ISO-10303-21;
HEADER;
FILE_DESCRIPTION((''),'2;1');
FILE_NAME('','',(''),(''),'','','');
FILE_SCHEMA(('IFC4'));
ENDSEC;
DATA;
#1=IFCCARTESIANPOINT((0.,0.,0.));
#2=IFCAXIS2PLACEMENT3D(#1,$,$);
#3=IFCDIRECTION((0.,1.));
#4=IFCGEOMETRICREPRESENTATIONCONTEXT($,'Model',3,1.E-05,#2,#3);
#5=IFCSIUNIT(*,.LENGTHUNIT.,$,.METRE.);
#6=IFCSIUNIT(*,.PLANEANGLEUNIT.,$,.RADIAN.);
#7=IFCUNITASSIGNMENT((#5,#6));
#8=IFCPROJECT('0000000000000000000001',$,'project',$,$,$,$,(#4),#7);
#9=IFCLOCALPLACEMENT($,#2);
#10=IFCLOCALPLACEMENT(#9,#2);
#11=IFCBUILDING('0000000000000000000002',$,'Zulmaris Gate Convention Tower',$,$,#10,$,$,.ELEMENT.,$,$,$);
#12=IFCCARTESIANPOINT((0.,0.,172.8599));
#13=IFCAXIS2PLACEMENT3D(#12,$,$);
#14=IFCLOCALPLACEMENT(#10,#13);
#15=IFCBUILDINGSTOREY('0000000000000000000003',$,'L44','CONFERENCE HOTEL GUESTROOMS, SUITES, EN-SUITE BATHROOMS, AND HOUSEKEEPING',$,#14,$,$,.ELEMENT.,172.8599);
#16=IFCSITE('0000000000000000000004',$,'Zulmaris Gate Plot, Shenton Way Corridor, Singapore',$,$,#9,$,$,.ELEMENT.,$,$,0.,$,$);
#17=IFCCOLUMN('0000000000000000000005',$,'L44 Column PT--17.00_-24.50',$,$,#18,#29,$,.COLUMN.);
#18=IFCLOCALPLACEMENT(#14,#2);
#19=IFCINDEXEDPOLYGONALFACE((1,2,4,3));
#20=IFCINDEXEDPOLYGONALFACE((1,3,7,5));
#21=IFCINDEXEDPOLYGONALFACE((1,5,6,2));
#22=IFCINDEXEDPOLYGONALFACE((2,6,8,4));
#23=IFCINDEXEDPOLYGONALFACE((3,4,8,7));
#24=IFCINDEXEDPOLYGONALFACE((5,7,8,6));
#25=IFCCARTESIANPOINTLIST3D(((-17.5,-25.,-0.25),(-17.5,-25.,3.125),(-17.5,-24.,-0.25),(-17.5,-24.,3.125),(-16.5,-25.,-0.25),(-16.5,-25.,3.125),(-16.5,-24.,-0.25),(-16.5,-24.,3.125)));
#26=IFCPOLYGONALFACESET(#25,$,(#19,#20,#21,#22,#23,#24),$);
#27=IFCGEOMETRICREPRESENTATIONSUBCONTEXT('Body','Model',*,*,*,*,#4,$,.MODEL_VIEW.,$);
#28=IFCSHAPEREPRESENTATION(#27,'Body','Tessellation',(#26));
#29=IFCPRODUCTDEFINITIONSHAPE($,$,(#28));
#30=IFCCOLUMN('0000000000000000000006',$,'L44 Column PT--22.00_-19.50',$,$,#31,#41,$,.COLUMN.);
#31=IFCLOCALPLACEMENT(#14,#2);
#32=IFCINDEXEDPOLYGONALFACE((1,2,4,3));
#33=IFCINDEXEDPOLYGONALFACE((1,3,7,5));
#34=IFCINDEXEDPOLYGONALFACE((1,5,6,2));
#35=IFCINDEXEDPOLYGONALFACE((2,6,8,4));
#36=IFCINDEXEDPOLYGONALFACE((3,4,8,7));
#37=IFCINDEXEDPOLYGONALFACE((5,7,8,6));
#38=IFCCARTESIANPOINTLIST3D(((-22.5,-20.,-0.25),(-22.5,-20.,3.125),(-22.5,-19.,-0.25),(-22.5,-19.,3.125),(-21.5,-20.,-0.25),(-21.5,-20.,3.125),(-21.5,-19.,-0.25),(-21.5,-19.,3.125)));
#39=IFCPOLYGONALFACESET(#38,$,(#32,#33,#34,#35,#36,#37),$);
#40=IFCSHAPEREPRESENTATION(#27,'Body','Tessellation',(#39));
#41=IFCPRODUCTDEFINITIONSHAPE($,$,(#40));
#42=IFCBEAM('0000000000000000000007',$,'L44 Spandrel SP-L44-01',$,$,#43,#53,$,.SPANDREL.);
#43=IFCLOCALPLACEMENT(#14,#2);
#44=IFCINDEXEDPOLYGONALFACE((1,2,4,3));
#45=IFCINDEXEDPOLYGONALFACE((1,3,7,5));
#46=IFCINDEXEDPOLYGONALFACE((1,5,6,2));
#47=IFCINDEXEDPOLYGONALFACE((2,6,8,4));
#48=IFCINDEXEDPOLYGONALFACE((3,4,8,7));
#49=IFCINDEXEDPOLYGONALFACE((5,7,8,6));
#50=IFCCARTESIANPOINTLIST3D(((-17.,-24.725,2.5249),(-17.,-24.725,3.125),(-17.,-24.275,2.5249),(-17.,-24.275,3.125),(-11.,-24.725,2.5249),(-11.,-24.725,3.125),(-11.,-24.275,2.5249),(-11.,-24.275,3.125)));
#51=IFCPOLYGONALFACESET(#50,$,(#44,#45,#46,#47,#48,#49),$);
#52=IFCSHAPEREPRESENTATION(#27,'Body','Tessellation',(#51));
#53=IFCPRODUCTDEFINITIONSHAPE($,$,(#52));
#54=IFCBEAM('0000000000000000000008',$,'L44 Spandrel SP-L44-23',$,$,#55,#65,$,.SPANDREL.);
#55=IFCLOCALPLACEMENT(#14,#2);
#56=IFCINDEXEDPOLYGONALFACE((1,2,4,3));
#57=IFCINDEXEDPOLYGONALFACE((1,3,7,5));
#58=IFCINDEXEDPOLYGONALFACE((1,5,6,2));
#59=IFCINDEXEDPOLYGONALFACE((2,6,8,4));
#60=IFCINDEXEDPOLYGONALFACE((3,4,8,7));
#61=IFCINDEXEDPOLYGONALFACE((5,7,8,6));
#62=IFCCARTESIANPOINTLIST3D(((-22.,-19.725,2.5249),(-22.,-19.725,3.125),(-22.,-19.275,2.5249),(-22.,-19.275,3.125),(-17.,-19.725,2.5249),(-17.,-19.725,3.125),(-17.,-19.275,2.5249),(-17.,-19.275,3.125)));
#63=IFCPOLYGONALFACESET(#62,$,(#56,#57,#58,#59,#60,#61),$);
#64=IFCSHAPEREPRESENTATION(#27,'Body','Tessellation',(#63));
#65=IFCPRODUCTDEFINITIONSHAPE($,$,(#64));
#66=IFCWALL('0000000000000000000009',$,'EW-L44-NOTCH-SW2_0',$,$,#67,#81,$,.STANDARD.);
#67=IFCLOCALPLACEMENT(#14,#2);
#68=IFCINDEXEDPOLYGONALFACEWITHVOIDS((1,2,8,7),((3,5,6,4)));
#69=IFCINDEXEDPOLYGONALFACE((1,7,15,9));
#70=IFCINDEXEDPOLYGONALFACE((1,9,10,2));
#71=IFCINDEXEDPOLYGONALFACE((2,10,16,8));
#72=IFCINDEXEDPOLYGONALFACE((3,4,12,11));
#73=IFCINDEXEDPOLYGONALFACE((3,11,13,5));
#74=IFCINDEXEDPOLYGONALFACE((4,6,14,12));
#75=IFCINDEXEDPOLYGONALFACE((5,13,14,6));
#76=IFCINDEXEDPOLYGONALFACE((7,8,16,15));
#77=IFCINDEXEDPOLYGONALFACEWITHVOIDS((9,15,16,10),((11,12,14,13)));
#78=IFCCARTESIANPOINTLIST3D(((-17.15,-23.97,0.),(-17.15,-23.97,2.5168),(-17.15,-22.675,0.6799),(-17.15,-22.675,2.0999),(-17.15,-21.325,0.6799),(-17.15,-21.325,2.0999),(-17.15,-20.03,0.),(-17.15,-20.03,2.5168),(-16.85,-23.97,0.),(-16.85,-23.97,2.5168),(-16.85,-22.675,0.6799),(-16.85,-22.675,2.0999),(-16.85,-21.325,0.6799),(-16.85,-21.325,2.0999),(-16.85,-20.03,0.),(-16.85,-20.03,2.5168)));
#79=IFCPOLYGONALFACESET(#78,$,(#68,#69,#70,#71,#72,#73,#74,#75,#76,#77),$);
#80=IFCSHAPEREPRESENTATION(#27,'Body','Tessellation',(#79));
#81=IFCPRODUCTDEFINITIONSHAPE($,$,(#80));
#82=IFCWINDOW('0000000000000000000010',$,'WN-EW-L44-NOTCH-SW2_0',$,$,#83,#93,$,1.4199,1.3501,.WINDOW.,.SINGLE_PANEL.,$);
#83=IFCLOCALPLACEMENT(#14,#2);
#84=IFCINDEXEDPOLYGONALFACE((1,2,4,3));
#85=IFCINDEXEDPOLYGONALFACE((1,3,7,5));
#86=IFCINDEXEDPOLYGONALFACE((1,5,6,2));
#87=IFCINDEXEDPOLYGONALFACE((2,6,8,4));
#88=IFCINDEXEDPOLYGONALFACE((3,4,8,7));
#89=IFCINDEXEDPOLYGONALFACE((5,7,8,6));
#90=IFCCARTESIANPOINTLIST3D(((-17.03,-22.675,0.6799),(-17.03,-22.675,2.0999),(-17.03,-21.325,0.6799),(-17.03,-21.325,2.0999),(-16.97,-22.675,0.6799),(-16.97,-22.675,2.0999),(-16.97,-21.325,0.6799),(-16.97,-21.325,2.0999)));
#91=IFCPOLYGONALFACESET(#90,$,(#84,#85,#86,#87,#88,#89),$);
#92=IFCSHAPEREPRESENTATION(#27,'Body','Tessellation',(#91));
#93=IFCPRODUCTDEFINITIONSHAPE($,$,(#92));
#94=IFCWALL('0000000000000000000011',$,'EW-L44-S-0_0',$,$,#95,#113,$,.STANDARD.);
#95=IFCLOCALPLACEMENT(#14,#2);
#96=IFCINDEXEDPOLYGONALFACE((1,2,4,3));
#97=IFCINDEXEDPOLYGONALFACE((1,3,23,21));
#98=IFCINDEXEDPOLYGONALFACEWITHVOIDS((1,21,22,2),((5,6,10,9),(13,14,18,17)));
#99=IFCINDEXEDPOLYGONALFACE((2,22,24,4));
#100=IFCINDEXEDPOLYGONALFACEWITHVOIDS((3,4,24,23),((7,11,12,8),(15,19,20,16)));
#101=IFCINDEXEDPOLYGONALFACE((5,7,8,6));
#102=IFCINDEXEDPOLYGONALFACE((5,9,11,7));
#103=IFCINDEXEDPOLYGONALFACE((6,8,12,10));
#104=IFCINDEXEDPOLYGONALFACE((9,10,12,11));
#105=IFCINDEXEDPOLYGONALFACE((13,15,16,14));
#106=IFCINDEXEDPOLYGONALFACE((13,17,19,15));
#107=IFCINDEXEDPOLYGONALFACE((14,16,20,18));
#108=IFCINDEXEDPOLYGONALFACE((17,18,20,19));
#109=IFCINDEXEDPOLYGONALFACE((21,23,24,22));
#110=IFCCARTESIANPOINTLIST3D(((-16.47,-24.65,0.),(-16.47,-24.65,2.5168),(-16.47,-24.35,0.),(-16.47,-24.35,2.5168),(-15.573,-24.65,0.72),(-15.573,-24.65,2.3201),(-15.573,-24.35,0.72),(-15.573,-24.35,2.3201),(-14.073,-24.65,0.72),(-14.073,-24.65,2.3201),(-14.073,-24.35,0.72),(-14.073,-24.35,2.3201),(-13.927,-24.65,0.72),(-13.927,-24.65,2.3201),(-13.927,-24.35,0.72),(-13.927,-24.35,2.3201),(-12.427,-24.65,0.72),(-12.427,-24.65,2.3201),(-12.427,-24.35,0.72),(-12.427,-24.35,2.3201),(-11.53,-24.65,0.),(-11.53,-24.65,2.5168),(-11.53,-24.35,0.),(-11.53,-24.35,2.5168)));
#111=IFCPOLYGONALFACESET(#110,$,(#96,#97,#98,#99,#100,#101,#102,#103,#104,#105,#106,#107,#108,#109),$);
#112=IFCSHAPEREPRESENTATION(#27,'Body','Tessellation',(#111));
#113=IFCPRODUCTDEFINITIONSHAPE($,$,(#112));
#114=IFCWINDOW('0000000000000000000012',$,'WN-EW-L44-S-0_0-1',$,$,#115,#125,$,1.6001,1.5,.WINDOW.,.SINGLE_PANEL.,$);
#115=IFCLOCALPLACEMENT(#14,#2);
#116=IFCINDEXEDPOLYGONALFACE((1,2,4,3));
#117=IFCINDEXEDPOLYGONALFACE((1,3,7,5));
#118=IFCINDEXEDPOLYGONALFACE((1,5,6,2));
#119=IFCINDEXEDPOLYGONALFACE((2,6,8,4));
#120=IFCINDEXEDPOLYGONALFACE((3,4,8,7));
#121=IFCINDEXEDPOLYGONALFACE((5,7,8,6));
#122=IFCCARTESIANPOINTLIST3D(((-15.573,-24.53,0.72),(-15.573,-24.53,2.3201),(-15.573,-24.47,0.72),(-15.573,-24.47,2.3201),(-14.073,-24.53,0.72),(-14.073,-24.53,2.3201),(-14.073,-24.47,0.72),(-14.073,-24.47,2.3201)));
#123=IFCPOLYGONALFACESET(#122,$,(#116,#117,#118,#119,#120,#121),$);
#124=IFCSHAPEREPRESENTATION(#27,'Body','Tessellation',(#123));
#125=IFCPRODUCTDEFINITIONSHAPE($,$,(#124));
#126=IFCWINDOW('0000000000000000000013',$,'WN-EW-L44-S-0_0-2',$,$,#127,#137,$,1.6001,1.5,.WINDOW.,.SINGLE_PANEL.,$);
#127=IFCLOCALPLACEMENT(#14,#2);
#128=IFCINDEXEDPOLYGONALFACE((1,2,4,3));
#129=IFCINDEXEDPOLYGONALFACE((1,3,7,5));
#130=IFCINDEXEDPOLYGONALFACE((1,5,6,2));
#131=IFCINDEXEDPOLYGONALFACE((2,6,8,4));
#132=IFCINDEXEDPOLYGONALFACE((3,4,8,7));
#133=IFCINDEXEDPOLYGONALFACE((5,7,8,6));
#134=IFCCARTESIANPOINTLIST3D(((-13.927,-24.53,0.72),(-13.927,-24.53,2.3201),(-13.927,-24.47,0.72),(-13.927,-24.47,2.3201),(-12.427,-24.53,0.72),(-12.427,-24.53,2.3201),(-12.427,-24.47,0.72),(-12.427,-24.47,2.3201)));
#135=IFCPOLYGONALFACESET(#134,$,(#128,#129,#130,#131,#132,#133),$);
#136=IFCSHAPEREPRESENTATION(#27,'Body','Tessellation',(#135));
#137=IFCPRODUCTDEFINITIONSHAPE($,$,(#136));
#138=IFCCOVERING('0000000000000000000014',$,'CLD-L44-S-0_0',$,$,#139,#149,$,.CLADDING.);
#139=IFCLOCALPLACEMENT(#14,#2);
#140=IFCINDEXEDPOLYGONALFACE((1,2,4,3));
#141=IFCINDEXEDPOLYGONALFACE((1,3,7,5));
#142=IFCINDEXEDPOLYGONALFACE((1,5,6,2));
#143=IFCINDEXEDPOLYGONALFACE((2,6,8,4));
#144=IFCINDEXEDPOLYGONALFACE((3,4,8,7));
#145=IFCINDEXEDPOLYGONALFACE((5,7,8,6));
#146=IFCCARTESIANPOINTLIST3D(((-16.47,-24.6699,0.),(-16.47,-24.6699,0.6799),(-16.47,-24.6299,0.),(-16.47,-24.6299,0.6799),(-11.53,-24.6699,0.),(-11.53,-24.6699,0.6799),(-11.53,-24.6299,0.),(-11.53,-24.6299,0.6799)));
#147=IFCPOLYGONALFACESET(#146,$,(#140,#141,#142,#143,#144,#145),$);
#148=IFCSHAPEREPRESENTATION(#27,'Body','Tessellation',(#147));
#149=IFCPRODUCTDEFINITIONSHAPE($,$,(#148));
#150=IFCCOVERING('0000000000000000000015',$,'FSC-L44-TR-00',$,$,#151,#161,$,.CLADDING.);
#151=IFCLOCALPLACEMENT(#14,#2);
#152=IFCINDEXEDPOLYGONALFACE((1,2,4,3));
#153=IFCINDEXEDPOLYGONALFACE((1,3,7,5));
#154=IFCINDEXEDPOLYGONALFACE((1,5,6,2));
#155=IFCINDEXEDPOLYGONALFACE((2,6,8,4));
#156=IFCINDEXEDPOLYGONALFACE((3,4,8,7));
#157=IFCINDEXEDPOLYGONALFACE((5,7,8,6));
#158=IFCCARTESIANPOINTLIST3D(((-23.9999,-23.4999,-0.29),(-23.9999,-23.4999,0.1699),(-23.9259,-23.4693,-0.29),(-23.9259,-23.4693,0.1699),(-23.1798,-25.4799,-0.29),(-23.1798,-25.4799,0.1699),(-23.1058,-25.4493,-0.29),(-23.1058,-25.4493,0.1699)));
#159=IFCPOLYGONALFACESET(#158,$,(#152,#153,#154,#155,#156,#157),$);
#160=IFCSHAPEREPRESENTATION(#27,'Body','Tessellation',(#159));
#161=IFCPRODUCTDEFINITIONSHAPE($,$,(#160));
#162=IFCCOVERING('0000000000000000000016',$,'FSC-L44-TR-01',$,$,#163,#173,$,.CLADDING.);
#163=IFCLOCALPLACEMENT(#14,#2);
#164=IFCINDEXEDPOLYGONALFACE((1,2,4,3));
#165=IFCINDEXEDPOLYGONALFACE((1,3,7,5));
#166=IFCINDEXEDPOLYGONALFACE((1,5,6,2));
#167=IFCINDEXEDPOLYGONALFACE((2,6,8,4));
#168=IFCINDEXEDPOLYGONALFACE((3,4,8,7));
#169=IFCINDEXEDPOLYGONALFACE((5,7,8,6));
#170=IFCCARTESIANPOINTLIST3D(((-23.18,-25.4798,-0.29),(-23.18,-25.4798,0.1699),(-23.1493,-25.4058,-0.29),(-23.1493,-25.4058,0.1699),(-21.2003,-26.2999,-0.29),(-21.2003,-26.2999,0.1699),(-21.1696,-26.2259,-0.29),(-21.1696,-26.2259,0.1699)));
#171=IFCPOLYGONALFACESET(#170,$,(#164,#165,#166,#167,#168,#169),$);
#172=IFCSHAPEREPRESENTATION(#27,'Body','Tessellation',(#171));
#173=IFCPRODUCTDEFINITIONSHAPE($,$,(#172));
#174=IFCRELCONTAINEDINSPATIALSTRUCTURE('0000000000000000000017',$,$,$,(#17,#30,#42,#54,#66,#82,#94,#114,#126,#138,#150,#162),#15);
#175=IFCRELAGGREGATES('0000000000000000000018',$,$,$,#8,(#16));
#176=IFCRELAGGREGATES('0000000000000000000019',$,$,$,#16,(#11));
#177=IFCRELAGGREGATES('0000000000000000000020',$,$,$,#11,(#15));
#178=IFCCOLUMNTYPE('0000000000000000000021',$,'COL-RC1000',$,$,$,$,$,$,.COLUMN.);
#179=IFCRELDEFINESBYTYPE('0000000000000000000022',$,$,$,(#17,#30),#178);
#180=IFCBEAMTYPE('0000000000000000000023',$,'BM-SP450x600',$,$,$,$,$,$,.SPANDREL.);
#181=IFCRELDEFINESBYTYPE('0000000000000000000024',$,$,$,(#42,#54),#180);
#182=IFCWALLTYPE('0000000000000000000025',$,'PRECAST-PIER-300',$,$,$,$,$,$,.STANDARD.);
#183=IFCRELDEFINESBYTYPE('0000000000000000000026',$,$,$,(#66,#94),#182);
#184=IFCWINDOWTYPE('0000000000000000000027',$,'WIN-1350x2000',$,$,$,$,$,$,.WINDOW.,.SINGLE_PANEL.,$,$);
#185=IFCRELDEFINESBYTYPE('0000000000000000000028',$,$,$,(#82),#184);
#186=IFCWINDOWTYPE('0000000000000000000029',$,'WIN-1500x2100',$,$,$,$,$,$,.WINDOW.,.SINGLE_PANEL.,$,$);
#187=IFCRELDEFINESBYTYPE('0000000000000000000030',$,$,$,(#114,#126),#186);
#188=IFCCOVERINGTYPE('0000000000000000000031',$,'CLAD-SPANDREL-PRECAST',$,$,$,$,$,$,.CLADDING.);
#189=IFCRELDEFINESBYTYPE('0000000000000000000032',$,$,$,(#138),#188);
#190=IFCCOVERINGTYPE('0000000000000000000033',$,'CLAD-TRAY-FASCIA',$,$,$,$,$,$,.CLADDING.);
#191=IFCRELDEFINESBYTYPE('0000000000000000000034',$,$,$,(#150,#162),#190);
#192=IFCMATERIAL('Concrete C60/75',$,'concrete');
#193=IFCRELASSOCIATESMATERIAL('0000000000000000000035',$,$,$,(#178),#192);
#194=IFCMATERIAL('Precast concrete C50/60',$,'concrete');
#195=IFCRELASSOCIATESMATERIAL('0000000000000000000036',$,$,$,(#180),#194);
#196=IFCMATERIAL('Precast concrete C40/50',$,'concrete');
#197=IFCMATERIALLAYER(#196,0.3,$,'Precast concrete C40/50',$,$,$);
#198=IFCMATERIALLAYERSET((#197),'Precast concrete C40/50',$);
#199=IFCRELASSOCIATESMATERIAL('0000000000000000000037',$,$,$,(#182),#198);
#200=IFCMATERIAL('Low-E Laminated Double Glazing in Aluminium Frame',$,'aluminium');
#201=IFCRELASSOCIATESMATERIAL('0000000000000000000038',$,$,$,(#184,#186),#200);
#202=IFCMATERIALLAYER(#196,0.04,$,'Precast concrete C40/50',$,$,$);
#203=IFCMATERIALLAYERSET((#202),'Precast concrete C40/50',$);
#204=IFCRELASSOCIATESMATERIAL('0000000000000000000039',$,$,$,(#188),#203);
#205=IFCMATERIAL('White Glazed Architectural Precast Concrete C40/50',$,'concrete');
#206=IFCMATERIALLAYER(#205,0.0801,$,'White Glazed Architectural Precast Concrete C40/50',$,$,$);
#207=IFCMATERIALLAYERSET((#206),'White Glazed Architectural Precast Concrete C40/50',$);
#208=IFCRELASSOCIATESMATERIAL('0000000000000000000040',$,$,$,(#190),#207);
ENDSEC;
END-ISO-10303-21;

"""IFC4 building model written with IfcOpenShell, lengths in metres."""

from ifc_helpers import new_model, si_unit, direction, frame, frame_2d, origin, origin_2d, place, context, subcontext, project, spatial, rectangle, extrude, material, layer, layer_set, material_profile, profile_set, type_object, element, fill, save


model = new_model("IFC4")

# Units and contexts
model_context = context("Model", 3, precision=1e-05, world=origin(), true_north=direction((0.0, 1.0)))
body_context = subcontext(model_context, "Body", "Model", "MODEL_VIEW")
ifc_project = project(units=[si_unit("LENGTHUNIT", "METRE"), si_unit("PLANEANGLEUNIT", "RADIAN")], contexts=[model_context])

# Site, building, storey
site_placement = place(None, origin())
site = spatial("IfcSite", under=ifc_project, at=site_placement, Name="Zulmaris Gate Plot, Shenton Way Corridor, Singapore", CompositionType="ELEMENT", RefElevation=0.0)
building_placement = place(site_placement, origin())
building = spatial("IfcBuilding", under=site, at=building_placement, Name="Zulmaris Gate Convention Tower", CompositionType="ELEMENT")
storey_placement = place(building_placement, frame((0.0, 0.0, 172.8599)))
storey = spatial("IfcBuildingStorey", under=building, at=storey_placement, Name="L44", Description="CONFERENCE HOTEL GUESTROOMS, SUITES, EN-SUITE BATHROOMS, AND HOUSEKEEPING", CompositionType="ELEMENT", Elevation=172.8599)

# Columns
ifc_material_1 = material(Name="Concrete C60/75", Category="concrete")
ifc_material_profile_1 = material_profile(ifc_material_1, rectangle(XDim=1.0, YDim=1.0, at=origin_2d()), Name="RC COL 1000x1000")
ifc_profile_set_1 = profile_set([ifc_material_profile_1], Name="Concrete C60/75")
column_type = type_object("IfcColumnType", Name="COL-RC1000", PredefinedType="COLUMN", material=ifc_profile_set_1)
for number, where, z_axis, x_axis, name in (
    (1, (-17.0, -24.5, -0.25), (0.0, 0.0, 1.0), (1.0, 0.0, 0.0), "L44 Column PT--17.00_-24.50"),
    (2, (-22.0, -19.5, -0.25), (0.0, 0.0, 1.0), (1.0, 0.0, 0.0), "L44 Column PT--22.00_-19.50"),
):
    element("IfcColumn", number, at=place(storey_placement, frame(where, z_axis=z_axis, x_axis=x_axis)), inside=storey, type_object=column_type, Name=name, PredefinedType="COLUMN", context=body_context, shape_type="SweptSolid", body=[
        extrude(rectangle(XDim=1.0, YDim=1.0, at=origin_2d()), origin(), (0.0, 0.0, 1.0), 3.375),
    ])

# Beams
ifc_material_2 = material(Name="Precast concrete C50/60", Category="concrete")
ifc_material_profile_2 = material_profile(ifc_material_2, rectangle(XDim=0.45, YDim=0.6001, at=origin_2d()), Name="RC SPANDREL 450x600")
ifc_profile_set_2 = profile_set([ifc_material_profile_2], Name="Precast concrete C50/60")
beam_type = type_object("IfcBeamType", Name="BM-SP450x600", PredefinedType="SPANDREL", material=ifc_profile_set_2)
beam_1_placement = place(storey_placement, frame((-17.0, -24.5, 2.825), z_axis=(1.0, 0.0, 0.0), x_axis=(0.0, 1.0, 0.0)))
element("IfcBeam", 3, at=beam_1_placement, inside=storey, type_object=beam_type, Name="L44 Spandrel SP-L44-01", PredefinedType="SPANDREL", context=body_context, shape_type="SweptSolid", body=[
    extrude(rectangle(XDim=0.45, YDim=0.6001, at=origin_2d()), origin(), (0.0, 0.0, 1.0), 6.0),
])
beam_2_placement = place(storey_placement, frame((-22.0, -19.5, 2.825), z_axis=(1.0, 0.0, 0.0), x_axis=(0.0, 1.0, 0.0)))
element("IfcBeam", 4, at=beam_2_placement, inside=storey, type_object=beam_type, Name="L44 Spandrel SP-L44-23", PredefinedType="SPANDREL", context=body_context, shape_type="SweptSolid", body=[
    extrude(rectangle(XDim=0.45, YDim=0.6001, at=origin_2d()), origin(), (0.0, 0.0, 1.0), 5.0),
])

# Wall, opening, window
ifc_material_3 = material(Name="Precast concrete C40/50", Category="concrete")
ifc_layer_1 = layer(ifc_material_3, 0.3, Name="Precast concrete C40/50")
ifc_layer_set_1 = layer_set([ifc_layer_1], Name="Precast concrete C40/50")
wall_type = type_object("IfcWallType", Name="PRECAST-PIER-300", PredefinedType="STANDARD", material=ifc_layer_set_1)
wall_1_placement = place(storey_placement, frame((-17.0, -20.03, 0.0), z_axis=(0.0, 0.0, 1.0), x_axis=(0.0, -1.0, 0.0)))
wall_1 = element("IfcWall", 5, at=wall_1_placement, inside=storey, type_object=wall_type, Name="EW-L44-NOTCH-SW2_0", PredefinedType="STANDARD", context=body_context, shape_type="SweptSolid", body=[
    extrude(rectangle(XDim=3.9399, YDim=0.3, at=frame_2d((1.97, 0.0))), origin(), (0.0, 0.0, 1.0), 2.5168),
])
opening_1_placement = place(wall_1_placement, frame((1.2949, 0.0, 0.6799)))
opening_1 = element("IfcOpeningElement", 6, at=opening_1_placement, cuts=wall_1, PredefinedType="OPENING", context=body_context, shape_type="SweptSolid", body=[
    extrude(rectangle(XDim=1.3501, YDim=1.4199, at=frame_2d((0.675, 0.71))), frame((0.0, 0.1602, 0.0), z_axis=(0.0, -1.0, 0.0), x_axis=(1.0, 0.0, 0.0)), (0.0, 0.0, 1.0), 0.3201),
])
ifc_material_4 = material(Name="Low-E Laminated Double Glazing in Aluminium Frame", Category="aluminium")
window_type_1 = type_object("IfcWindowType", Name="WIN-1350x2000", PartitioningType="SINGLE_PANEL", PredefinedType="WINDOW", material=ifc_material_4)
window_1_placement = place(opening_1_placement, origin())
window_1 = element("IfcWindow", 7, at=window_1_placement, inside=storey, type_object=window_type_1, Name="WN-EW-L44-NOTCH-SW2_0", OverallHeight=1.4199, OverallWidth=1.3501, PartitioningType="SINGLE_PANEL", PredefinedType="WINDOW", context=body_context, shape_type="SweptSolid", body=[
    extrude(rectangle(XDim=1.3501, YDim=1.4199, at=frame_2d((0.675, 0.71))), frame((0.0, 0.03, 0.0), z_axis=(0.0, -1.0, 0.0), x_axis=(1.0, 0.0, 0.0)), (0.0, 0.0, 1.0), 0.0601),
])
fill(opening_1, window_1)

# Wall, openings, windows
wall_2_placement = place(storey_placement, frame((-16.47, -24.5, 0.0), z_axis=(0.0, 0.0, 1.0), x_axis=(1.0, 0.0, 0.0)))
wall_2 = element("IfcWall", 8, at=wall_2_placement, inside=storey, type_object=wall_type, Name="EW-L44-S-0_0", PredefinedType="STANDARD", context=body_context, shape_type="SweptSolid", body=[
    extrude(rectangle(XDim=4.9399, YDim=0.3, at=frame_2d((2.47, 0.0))), origin(), (0.0, 0.0, 1.0), 2.5168),
])
opening_2_placement = place(wall_2_placement, frame((0.897, 0.0, 0.72)))
opening_2 = element("IfcOpeningElement", 9, at=opening_2_placement, cuts=wall_2, PredefinedType="OPENING", context=body_context, shape_type="SweptSolid", body=[
    extrude(rectangle(XDim=1.5, YDim=1.6001, at=frame_2d((0.75, 0.8))), frame((0.0, 0.1602, 0.0), z_axis=(0.0, -1.0, 0.0), x_axis=(1.0, 0.0, 0.0)), (0.0, 0.0, 1.0), 0.3201),
])
opening_3_placement = place(wall_2_placement, frame((2.543, 0.0, 0.72)))
opening_3 = element("IfcOpeningElement", 10, at=opening_3_placement, cuts=wall_2, PredefinedType="OPENING", context=body_context, shape_type="SweptSolid", body=[
    extrude(rectangle(XDim=1.5, YDim=1.6001, at=frame_2d((0.75, 0.8))), frame((0.0, 0.1602, 0.0), z_axis=(0.0, -1.0, 0.0), x_axis=(1.0, 0.0, 0.0)), (0.0, 0.0, 1.0), 0.3201),
])
window_type_2 = type_object("IfcWindowType", Name="WIN-1500x2100", PartitioningType="SINGLE_PANEL", PredefinedType="WINDOW", material=ifc_material_4)
window_2_placement = place(opening_2_placement, origin())
window_2 = element("IfcWindow", 11, at=window_2_placement, inside=storey, type_object=window_type_2, Name="WN-EW-L44-S-0_0-1", OverallHeight=1.6001, OverallWidth=1.5, PartitioningType="SINGLE_PANEL", PredefinedType="WINDOW", context=body_context, shape_type="SweptSolid", body=[
    extrude(rectangle(XDim=1.5, YDim=1.6001, at=frame_2d((0.75, 0.8))), frame((0.0, 0.03, 0.0), z_axis=(0.0, -1.0, 0.0), x_axis=(1.0, 0.0, 0.0)), (0.0, 0.0, 1.0), 0.0601),
])
fill(opening_2, window_2)
window_3_placement = place(opening_3_placement, origin())
window_3 = element("IfcWindow", 12, at=window_3_placement, inside=storey, type_object=window_type_2, Name="WN-EW-L44-S-0_0-2", OverallHeight=1.6001, OverallWidth=1.5, PartitioningType="SINGLE_PANEL", PredefinedType="WINDOW", context=body_context, shape_type="SweptSolid", body=[
    extrude(rectangle(XDim=1.5, YDim=1.6001, at=frame_2d((0.75, 0.8))), frame((0.0, 0.03, 0.0), z_axis=(0.0, -1.0, 0.0), x_axis=(1.0, 0.0, 0.0)), (0.0, 0.0, 1.0), 0.0601),
])
fill(opening_3, window_3)

# Coverings
ifc_layer_2 = layer(ifc_material_3, 0.04, Name="Precast concrete C40/50")
ifc_layer_set_2 = layer_set([ifc_layer_2], Name="Precast concrete C40/50")
covering_type_1 = type_object("IfcCoveringType", Name="CLAD-SPANDREL-PRECAST", PredefinedType="CLADDING", material=ifc_layer_set_2)
covering_1_placement = place(storey_placement, frame((-16.47, -24.6499, 0.0), z_axis=(0.0, 0.0, 1.0), x_axis=(1.0, 0.0, 0.0)))
element("IfcCovering", 13, at=covering_1_placement, inside=storey, type_object=covering_type_1, Name="CLD-L44-S-0_0", PredefinedType="CLADDING", context=body_context, shape_type="SweptSolid", body=[
    extrude(rectangle(XDim=4.9399, YDim=0.04, at=frame_2d((2.47, 0.0))), origin(), (0.0, 0.0, 1.0), 0.6799),
])
ifc_material_5 = material(Name="White Glazed Architectural Precast Concrete C40/50", Category="concrete")
ifc_layer_3 = layer(ifc_material_5, 0.0801, Name="White Glazed Architectural Precast Concrete C40/50")
ifc_layer_set_3 = layer_set([ifc_layer_3], Name="White Glazed Architectural Precast Concrete C40/50")
covering_type_2 = type_object("IfcCoveringType", Name="CLAD-TRAY-FASCIA", PredefinedType="CLADDING", material=ifc_layer_set_3)
covering_2_placement = place(storey_placement, frame((-23.9629, -23.4846, -0.29), z_axis=(0.0, 0.0, 1.0), x_axis=(0.382657, -0.92389, 0.0)))
element("IfcCovering", 14, at=covering_2_placement, inside=storey, type_object=covering_type_2, Name="FSC-L44-TR-00", PredefinedType="CLADDING", context=body_context, shape_type="SweptSolid", body=[
    extrude(rectangle(XDim=2.1431, YDim=0.0801, at=frame_2d((1.0715, 0.0))), origin(), (0.0, 0.0, 1.0), 0.46),
])
covering_3_placement = place(storey_placement, frame((-23.1646, -25.4429, -0.29), z_axis=(0.0, 0.0, 1.0), x_axis=(0.923874, -0.382697, 0.0)))
element("IfcCovering", 15, at=covering_3_placement, inside=storey, type_object=covering_type_2, Name="FSC-L44-TR-01", PredefinedType="CLADDING", context=body_context, shape_type="SweptSolid", body=[
    extrude(rectangle(XDim=2.1428, YDim=0.0801, at=frame_2d((1.0713, 0.0))), origin(), (0.0, 0.0, 1.0), 0.46),
])

save(model, "model.ifc")
